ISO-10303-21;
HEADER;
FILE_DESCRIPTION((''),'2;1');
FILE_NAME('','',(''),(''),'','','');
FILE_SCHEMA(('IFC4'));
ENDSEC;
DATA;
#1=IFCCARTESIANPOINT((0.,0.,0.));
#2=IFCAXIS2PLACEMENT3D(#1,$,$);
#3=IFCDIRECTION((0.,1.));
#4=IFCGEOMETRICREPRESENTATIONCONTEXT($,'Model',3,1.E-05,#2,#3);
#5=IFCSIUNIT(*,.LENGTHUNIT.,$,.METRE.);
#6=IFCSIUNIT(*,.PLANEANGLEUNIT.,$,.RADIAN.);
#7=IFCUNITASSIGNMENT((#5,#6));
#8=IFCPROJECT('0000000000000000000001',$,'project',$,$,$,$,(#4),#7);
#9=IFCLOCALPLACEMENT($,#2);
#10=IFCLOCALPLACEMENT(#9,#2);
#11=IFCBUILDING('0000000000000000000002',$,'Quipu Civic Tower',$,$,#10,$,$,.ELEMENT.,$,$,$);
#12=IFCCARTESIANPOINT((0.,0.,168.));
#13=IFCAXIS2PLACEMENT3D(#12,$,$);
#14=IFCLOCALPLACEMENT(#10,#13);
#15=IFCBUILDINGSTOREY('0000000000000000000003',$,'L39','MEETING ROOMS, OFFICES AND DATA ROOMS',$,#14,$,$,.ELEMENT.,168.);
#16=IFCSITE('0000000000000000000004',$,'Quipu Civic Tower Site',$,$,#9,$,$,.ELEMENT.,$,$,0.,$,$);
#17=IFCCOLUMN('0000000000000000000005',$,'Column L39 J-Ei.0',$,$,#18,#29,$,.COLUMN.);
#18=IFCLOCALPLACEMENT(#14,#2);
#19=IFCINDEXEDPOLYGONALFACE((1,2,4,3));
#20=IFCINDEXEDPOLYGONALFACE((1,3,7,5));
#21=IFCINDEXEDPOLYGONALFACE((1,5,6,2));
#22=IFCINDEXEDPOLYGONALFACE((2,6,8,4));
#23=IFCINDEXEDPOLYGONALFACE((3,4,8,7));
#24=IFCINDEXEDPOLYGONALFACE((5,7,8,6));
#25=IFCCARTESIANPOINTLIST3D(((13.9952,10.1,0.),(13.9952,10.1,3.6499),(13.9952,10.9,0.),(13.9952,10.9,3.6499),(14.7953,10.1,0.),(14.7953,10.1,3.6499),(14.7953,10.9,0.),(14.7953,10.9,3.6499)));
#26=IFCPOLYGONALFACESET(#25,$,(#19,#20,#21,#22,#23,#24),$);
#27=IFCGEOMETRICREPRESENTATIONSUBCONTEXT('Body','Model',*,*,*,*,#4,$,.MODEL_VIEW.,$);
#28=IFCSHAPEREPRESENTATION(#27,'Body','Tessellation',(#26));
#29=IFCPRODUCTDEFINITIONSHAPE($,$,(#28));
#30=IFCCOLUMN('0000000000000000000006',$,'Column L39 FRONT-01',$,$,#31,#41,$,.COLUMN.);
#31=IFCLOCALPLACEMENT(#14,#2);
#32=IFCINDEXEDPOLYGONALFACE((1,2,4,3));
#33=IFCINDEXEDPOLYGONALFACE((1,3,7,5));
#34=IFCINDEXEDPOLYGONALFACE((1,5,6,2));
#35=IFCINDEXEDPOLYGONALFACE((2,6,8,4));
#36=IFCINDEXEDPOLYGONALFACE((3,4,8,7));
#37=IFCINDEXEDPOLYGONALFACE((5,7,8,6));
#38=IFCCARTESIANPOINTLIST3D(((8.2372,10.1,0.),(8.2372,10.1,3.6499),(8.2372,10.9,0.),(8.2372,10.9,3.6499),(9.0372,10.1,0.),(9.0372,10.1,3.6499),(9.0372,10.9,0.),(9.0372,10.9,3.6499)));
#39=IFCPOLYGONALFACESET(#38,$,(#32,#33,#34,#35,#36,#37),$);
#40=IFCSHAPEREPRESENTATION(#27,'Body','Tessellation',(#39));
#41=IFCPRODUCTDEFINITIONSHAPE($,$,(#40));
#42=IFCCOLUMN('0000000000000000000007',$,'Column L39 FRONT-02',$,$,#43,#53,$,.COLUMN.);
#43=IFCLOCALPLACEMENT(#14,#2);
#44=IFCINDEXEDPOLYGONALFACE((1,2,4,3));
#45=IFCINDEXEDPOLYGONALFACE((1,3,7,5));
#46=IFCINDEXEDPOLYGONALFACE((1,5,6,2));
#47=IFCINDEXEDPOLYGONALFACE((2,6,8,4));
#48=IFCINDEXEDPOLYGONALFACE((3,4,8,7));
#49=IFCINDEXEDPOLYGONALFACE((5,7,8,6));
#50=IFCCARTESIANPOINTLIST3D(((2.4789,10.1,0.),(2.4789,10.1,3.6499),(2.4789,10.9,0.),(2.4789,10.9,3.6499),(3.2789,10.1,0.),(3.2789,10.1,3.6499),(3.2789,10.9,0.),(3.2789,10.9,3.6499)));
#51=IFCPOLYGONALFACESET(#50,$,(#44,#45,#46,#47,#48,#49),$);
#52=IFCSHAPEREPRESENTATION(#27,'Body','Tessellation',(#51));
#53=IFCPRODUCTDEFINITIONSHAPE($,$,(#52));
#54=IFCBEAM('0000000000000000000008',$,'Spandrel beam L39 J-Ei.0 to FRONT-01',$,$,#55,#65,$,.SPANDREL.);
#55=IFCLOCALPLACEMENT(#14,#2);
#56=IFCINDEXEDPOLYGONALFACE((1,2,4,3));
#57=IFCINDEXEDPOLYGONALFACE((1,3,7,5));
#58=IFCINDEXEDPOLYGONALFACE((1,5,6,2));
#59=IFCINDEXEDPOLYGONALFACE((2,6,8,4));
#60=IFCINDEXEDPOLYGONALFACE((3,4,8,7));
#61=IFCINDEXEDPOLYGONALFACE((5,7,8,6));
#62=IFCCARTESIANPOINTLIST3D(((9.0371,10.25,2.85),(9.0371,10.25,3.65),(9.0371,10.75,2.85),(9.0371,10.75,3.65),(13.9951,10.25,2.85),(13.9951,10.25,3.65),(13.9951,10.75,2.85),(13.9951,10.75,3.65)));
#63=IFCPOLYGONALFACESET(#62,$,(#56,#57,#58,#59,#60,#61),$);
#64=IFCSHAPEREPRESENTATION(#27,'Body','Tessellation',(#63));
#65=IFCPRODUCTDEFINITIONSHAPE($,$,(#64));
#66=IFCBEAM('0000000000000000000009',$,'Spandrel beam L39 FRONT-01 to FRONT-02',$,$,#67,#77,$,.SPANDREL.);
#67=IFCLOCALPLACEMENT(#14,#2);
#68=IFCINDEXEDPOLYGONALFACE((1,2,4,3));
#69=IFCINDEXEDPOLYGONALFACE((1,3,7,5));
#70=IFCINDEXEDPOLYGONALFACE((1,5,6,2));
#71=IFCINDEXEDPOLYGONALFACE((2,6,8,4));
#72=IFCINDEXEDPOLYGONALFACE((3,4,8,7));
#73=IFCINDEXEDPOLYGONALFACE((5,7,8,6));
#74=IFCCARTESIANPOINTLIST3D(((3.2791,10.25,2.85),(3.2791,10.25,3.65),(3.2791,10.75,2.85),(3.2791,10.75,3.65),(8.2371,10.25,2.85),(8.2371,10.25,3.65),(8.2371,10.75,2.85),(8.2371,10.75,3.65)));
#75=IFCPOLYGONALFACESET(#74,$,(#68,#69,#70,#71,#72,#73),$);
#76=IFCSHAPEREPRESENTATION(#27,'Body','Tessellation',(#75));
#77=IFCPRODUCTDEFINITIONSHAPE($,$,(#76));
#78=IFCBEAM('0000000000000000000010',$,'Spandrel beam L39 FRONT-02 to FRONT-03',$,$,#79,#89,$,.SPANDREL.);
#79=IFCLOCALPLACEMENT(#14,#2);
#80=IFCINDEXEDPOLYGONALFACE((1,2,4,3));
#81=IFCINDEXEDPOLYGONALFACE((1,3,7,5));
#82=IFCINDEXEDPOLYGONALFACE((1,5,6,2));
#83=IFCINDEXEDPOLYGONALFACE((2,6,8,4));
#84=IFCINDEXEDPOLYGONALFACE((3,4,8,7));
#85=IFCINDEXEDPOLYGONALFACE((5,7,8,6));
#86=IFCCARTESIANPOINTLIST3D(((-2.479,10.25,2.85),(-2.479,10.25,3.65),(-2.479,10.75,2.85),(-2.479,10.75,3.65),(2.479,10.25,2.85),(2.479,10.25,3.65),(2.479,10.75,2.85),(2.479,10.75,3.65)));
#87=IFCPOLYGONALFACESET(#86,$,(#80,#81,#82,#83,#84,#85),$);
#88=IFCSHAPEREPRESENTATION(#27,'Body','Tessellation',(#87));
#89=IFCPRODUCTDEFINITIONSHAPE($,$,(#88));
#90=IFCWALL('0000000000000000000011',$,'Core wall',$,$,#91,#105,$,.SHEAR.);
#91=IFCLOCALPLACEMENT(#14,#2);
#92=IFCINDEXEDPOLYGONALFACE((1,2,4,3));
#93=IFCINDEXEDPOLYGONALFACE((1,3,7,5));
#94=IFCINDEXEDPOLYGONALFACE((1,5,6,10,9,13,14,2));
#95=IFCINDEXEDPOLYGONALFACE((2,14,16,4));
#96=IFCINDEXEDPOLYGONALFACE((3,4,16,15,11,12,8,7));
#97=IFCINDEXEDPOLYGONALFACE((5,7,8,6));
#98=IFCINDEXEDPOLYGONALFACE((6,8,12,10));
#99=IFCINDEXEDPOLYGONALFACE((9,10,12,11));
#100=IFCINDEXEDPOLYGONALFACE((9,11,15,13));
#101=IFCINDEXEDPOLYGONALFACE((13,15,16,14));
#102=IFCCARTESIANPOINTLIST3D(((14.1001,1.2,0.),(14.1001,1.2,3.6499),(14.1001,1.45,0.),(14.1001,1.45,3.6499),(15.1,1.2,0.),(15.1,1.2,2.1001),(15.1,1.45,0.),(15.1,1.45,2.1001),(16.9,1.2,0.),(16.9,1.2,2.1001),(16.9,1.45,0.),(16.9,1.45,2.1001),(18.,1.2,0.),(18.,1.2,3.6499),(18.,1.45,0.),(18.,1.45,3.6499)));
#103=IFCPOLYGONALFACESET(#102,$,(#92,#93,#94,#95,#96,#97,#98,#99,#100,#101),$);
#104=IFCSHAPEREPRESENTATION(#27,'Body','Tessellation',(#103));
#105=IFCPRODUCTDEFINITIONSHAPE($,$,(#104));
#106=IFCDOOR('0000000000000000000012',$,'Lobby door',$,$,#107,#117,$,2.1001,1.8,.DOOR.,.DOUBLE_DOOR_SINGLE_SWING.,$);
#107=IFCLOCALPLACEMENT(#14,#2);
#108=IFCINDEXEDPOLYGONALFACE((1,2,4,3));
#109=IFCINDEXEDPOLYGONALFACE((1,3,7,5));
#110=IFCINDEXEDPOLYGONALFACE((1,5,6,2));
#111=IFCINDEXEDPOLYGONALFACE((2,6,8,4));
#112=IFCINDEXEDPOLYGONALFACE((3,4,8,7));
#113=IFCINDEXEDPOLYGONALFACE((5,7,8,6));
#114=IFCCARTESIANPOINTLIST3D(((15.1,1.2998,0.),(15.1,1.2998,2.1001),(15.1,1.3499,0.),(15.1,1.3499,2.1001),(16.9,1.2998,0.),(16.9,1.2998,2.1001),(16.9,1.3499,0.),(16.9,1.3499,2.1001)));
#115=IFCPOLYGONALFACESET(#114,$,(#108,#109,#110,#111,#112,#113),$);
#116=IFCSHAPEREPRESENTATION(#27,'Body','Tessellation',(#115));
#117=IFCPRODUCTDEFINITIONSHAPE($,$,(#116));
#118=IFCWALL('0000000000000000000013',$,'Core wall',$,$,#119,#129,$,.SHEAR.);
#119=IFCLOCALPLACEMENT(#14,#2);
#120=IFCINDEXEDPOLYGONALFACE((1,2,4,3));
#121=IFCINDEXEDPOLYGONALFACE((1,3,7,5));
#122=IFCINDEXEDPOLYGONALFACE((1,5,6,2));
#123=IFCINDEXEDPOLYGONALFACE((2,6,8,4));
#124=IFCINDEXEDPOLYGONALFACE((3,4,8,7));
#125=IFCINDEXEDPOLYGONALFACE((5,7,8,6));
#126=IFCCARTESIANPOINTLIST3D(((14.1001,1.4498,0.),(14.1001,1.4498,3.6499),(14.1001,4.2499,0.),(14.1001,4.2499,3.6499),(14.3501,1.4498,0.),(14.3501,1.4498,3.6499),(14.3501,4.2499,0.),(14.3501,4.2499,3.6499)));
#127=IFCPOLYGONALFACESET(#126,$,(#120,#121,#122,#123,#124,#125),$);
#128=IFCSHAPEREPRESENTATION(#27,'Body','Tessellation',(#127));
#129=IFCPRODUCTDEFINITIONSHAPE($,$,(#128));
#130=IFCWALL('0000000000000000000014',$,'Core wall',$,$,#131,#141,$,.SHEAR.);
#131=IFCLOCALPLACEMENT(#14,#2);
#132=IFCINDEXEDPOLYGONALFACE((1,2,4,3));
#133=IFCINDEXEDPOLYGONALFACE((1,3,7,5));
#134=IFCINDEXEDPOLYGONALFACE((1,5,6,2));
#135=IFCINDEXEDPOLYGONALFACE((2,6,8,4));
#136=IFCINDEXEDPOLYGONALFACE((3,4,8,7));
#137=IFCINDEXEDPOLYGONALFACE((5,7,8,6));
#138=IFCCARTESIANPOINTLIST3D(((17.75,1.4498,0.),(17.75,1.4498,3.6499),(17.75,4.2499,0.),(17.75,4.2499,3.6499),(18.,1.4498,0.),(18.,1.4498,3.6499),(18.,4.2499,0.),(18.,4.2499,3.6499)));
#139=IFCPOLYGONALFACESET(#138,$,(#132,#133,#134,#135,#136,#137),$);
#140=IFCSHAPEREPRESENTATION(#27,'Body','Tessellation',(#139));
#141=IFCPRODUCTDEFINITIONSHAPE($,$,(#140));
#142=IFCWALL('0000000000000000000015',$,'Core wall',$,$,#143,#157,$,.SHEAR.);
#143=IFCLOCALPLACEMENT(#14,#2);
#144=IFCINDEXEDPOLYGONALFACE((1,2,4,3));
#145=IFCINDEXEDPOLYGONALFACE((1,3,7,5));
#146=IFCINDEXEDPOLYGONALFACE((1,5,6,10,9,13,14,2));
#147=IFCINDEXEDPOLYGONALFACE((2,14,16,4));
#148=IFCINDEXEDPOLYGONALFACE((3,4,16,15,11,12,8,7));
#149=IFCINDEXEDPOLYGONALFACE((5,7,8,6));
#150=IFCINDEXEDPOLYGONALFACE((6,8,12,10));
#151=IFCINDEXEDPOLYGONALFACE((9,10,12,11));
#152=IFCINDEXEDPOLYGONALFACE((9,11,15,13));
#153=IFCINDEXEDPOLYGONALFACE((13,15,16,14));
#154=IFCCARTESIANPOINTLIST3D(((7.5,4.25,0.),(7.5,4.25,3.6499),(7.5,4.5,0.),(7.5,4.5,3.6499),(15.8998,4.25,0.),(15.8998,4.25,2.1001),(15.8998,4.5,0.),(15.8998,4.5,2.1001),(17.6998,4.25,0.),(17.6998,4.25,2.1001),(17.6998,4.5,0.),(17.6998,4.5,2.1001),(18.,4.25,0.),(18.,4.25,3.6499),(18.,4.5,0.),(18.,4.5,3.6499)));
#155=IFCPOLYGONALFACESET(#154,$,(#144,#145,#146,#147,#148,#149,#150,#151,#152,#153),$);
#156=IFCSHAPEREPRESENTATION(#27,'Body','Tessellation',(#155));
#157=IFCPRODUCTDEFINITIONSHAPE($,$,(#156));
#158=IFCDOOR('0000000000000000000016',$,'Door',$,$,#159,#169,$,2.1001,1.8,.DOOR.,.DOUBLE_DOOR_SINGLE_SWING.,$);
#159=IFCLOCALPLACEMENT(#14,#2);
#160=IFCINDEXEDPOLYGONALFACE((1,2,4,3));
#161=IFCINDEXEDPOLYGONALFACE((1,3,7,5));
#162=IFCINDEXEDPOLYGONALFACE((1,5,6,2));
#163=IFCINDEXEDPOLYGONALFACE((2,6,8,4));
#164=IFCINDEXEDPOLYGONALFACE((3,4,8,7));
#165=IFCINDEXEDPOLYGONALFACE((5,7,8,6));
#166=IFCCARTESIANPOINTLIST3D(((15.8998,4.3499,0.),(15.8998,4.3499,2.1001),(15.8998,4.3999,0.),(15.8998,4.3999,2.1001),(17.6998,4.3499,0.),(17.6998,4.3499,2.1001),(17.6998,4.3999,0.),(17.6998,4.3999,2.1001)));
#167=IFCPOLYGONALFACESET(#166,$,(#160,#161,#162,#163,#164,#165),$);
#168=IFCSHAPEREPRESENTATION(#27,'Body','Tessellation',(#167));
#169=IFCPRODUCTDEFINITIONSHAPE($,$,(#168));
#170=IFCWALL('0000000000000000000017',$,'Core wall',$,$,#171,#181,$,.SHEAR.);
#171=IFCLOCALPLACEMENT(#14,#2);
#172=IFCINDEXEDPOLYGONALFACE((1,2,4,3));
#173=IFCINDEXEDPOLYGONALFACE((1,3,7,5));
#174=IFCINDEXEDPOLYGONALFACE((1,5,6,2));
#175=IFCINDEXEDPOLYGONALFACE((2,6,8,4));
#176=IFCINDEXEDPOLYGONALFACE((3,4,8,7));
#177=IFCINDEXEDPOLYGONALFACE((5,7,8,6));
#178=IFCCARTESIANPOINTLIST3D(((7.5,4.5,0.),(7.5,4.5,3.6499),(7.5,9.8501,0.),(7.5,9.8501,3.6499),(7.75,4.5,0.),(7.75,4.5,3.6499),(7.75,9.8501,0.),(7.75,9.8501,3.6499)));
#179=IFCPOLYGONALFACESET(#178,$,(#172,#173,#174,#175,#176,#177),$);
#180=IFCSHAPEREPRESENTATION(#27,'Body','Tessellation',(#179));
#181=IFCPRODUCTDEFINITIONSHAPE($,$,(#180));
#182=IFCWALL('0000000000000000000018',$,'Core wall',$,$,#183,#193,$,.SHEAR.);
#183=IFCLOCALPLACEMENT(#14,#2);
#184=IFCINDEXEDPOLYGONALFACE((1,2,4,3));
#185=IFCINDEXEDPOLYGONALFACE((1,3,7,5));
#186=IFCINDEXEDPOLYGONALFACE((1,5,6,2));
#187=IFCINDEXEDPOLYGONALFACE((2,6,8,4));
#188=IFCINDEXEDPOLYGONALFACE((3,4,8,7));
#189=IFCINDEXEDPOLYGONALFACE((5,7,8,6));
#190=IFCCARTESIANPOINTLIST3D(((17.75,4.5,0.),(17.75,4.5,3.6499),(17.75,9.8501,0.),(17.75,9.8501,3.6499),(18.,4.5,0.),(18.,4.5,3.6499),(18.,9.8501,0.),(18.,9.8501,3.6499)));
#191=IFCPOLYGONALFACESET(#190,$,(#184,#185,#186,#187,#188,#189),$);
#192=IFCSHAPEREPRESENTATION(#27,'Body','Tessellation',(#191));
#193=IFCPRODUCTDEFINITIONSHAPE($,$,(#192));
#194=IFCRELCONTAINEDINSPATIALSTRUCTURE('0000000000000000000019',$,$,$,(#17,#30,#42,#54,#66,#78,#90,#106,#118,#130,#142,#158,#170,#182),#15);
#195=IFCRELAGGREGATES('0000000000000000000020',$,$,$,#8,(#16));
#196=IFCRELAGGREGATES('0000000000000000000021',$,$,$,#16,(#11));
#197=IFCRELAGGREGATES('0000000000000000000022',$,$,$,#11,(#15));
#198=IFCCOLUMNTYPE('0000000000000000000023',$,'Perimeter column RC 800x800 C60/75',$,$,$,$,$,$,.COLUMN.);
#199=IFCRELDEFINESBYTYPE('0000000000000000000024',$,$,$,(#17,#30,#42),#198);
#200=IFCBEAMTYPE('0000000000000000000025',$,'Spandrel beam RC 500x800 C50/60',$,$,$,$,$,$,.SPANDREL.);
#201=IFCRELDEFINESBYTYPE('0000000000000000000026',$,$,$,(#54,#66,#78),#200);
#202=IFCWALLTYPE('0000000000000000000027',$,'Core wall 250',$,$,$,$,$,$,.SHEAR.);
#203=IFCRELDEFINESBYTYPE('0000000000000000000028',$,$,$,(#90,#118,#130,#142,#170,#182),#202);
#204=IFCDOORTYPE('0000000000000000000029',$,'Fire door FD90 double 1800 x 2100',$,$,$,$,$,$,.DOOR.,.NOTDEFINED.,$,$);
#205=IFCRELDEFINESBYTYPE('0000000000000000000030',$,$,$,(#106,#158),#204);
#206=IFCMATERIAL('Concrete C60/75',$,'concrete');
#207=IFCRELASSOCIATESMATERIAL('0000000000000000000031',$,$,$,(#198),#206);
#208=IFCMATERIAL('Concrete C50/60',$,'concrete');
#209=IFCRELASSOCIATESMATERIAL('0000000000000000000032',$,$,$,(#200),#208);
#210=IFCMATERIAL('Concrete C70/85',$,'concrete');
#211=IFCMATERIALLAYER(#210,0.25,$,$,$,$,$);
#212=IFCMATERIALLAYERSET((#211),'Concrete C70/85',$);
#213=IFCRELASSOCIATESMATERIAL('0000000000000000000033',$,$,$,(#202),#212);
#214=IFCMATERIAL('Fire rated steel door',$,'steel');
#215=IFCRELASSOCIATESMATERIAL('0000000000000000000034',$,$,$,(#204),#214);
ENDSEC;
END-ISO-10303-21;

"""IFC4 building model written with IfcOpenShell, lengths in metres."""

from ifc_helpers import new_model, si_unit, direction, frame, frame_2d, origin, origin_2d, place, context, subcontext, project, spatial, rectangle, extrude, material, layer, layer_set, material_profile, profile_set, type_object, element, fill, save


model = new_model("IFC4")

# Units and contexts
model_context = context("Model", 3, precision=1e-05, world=origin(), true_north=direction((0.0, 1.0)))
body_context = subcontext(model_context, "Body", "Model", "MODEL_VIEW")
ifc_project = project(units=[si_unit("LENGTHUNIT", "METRE"), si_unit("PLANEANGLEUNIT", "RADIAN")], contexts=[model_context])

# Site, building, storey
site_placement = place(None, origin())
site = spatial("IfcSite", under=ifc_project, at=site_placement, Name="Quipu Civic Tower Site", CompositionType="ELEMENT", RefElevation=0.0)
building_placement = place(site_placement, origin())
building = spatial("IfcBuilding", under=site, at=building_placement, Name="Quipu Civic Tower", CompositionType="ELEMENT")
storey_placement = place(building_placement, frame((0.0, 0.0, 168.0)))
storey = spatial("IfcBuildingStorey", under=building, at=storey_placement, Name="L39", Description="MEETING ROOMS, OFFICES AND DATA ROOMS", CompositionType="ELEMENT", Elevation=168.0)

# Columns
ifc_material_1 = material(Name="Concrete C60/75", Category="concrete")
ifc_material_profile_1 = material_profile(ifc_material_1, rectangle(XDim=0.8, YDim=0.8, at=origin_2d()), Name="RC800x800")
ifc_profile_set_1 = profile_set([ifc_material_profile_1], Name="Concrete C60/75")
column_type = type_object("IfcColumnType", Name="Perimeter column RC 800x800 C60/75", PredefinedType="COLUMN", material=ifc_profile_set_1)
for number, where, z_axis, x_axis, name in (
    (1, (14.3953, 10.5, 0.0), (0.0, 0.0, 1.0), (-1.0, 0.0, 0.0), "Column L39 J-Ei.0"),
    (2, (8.6372, 10.5, 0.0), (0.0, 0.0, 1.0), (-1.0, 0.0, 0.0), "Column L39 FRONT-01"),
    (3, (2.8789, 10.5, 0.0), (0.0, 0.0, 1.0), (-1.0, 0.0, 0.0), "Column L39 FRONT-02"),
):
    element("IfcColumn", number, at=place(storey_placement, frame(where, z_axis=z_axis, x_axis=x_axis)), inside=storey, type_object=column_type, Name=name, PredefinedType="COLUMN", context=body_context, shape_type="SweptSolid", body=[
        extrude(rectangle(XDim=0.8, YDim=0.8, at=origin_2d()), origin(), (0.0, 0.0, 1.0), 3.6499),
    ])

# Beams
ifc_material_2 = material(Name="Concrete C50/60", Category="concrete")
ifc_material_profile_2 = material_profile(ifc_material_2, rectangle(XDim=0.5, YDim=0.8, at=origin_2d()), Name="RC500x800")
ifc_profile_set_2 = profile_set([ifc_material_profile_2], Name="Concrete C50/60")
beam_type = type_object("IfcBeamType", Name="Spandrel beam RC 500x800 C50/60", PredefinedType="SPANDREL", material=ifc_profile_set_2)
for number, where, z_axis, x_axis, name in (
    (4, (13.9951, 10.5, 3.25), (-1.0, 0.0, 0.0), (0.0, -1.0, 0.0), "Spandrel beam L39 J-Ei.0 to FRONT-01"),
    (5, (8.2371, 10.5, 3.25), (-1.0, 0.0, 0.0), (0.0, -1.0, 0.0), "Spandrel beam L39 FRONT-01 to FRONT-02"),
    (6, (2.479, 10.5, 3.25), (-1.0, 0.0, 0.0), (0.0, -1.0, 0.0), "Spandrel beam L39 FRONT-02 to FRONT-03"),
):
    element("IfcBeam", number, at=place(storey_placement, frame(where, z_axis=z_axis, x_axis=x_axis)), inside=storey, type_object=beam_type, Name=name, PredefinedType="SPANDREL", context=body_context, shape_type="SweptSolid", body=[
        extrude(rectangle(XDim=0.5, YDim=0.8, at=origin_2d()), origin(), (0.0, 0.0, 1.0), 4.958),
    ])

# Wall, opening, door
ifc_material_3 = material(Name="Concrete C70/85", Category="concrete")
ifc_layer_1 = layer(ifc_material_3, 0.25)
ifc_layer_set_1 = layer_set([ifc_layer_1], Name="Concrete C70/85")
wall_type_1 = type_object("IfcWallType", Name="Core wall 250", PredefinedType="SHEAR", material=ifc_layer_set_1)
wall_1_placement = place(storey_placement, frame((14.1001, 1.325, 0.0), z_axis=(0.0, 0.0, 1.0), x_axis=(1.0, 0.0, 0.0)))
wall_1 = element("IfcWall", 7, at=wall_1_placement, inside=storey, type_object=wall_type_1, Name="Core wall", PredefinedType="SHEAR", context=body_context, shape_type="SweptSolid", body=[
    extrude(rectangle(XDim=3.8999, YDim=0.25, at=frame_2d((1.95, 0.0))), origin(), (0.0, 0.0, 1.0), 3.6499),
])
opening_1_placement = place(wall_1_placement, frame((1.0, 0.0, 0.0)))
opening_1 = element("IfcOpeningElement", 8, at=opening_1_placement, cuts=wall_1, PredefinedType="OPENING", context=body_context, shape_type="SweptSolid", body=[
    extrude(rectangle(XDim=1.8, YDim=2.1001, at=frame_2d((0.8999, 1.05))), frame((0.0, 0.135, 0.0), z_axis=(0.0, -1.0, 0.0), x_axis=(1.0, 0.0, 0.0)), (0.0, 0.0, 1.0), 0.27),
])
ifc_material_4 = material(Name="Fire rated steel door", Category="steel")
door_type_1 = type_object("IfcDoorType", Name="Fire door FD90 double 1800 x 2100", OperationType="NOTDEFINED", PredefinedType="DOOR", material=ifc_material_4)
door_1_placement = place(opening_1_placement, origin())
door_1 = element("IfcDoor", 9, at=door_1_placement, inside=storey, type_object=door_type_1, Name="Lobby door", OperationType="DOUBLE_DOOR_SINGLE_SWING", OverallHeight=2.1001, OverallWidth=1.8, PredefinedType="DOOR", context=body_context, shape_type="SweptSolid", body=[
    extrude(rectangle(XDim=1.8, YDim=2.1001, at=frame_2d((0.8999, 1.05))), frame((0.0, 0.0249, 0.0), z_axis=(0.0, -1.0, 0.0), x_axis=(1.0, 0.0, 0.0)), (0.0, 0.0, 1.0), 0.05),
])
fill(opening_1, door_1)

# Walls
for number, where, z_axis, x_axis, name in (
    (10, (14.2251, 1.45, 0.0), (0.0, 0.0, 1.0), (0.0, 1.0, 0.0), "Core wall"),
    (11, (17.875, 1.45, 0.0), (0.0, 0.0, 1.0), (0.0, 1.0, 0.0), "Core wall"),
):
    element("IfcWall", number, at=place(storey_placement, frame(where, z_axis=z_axis, x_axis=x_axis)), inside=storey, type_object=wall_type_1, Name=name, PredefinedType="SHEAR", context=body_context, shape_type="SweptSolid", body=[
        extrude(rectangle(XDim=2.8, YDim=0.25, at=frame_2d((1.3999, 0.0))), origin(), (0.0, 0.0, 1.0), 3.6499),
    ])

# Wall, opening, door
wall_2_placement = place(storey_placement, frame((7.5, 4.375, 0.0), z_axis=(0.0, 0.0, 1.0), x_axis=(1.0, 0.0, 0.0)))
wall_2 = element("IfcWall", 12, at=wall_2_placement, inside=storey, type_object=wall_type_1, Name="Core wall", PredefinedType="SHEAR", context=body_context, shape_type="SweptSolid", body=[
    extrude(rectangle(XDim=10.5, YDim=0.25, at=frame_2d((5.25, 0.0))), origin(), (0.0, 0.0, 1.0), 3.6499),
])
opening_2_placement = place(wall_2_placement, frame((8.3999, 0.0, 0.0)))
opening_2 = element("IfcOpeningElement", 13, at=opening_2_placement, cuts=wall_2, PredefinedType="OPENING", context=body_context, shape_type="SweptSolid", body=[
    extrude(rectangle(XDim=1.8, YDim=2.1001, at=frame_2d((0.8999, 1.05))), frame((0.0, 0.135, 0.0), z_axis=(0.0, -1.0, 0.0), x_axis=(1.0, 0.0, 0.0)), (0.0, 0.0, 1.0), 0.27),
])
door_2_placement = place(opening_2_placement, origin())
door_2 = element("IfcDoor", 14, at=door_2_placement, inside=storey, type_object=door_type_1, Name="Door", OperationType="DOUBLE_DOOR_SINGLE_SWING", OverallHeight=2.1001, OverallWidth=1.8, PredefinedType="DOOR", context=body_context, shape_type="SweptSolid", body=[
    extrude(rectangle(XDim=1.8, YDim=2.1001, at=frame_2d((0.8999, 1.05))), frame((0.0, 0.0249, 0.0), z_axis=(0.0, -1.0, 0.0), x_axis=(1.0, 0.0, 0.0)), (0.0, 0.0, 1.0), 0.05),
])
fill(opening_2, door_2)

# Walls
for number, where, z_axis, x_axis, name in (
    (15, (7.625, 4.5, 0.0), (0.0, 0.0, 1.0), (0.0, 1.0, 0.0), "Core wall"),
    (16, (17.875, 4.5, 0.0), (0.0, 0.0, 1.0), (0.0, 1.0, 0.0), "Core wall"),
):
    element("IfcWall", number, at=place(storey_placement, frame(where, z_axis=z_axis, x_axis=x_axis)), inside=storey, type_object=wall_type_1, Name=name, PredefinedType="SHEAR", context=body_context, shape_type="SweptSolid", body=[
        extrude(rectangle(XDim=5.3501, YDim=0.25, at=frame_2d((2.675, 0.0))), origin(), (0.0, 0.0, 1.0), 3.6499),
    ])

save(model, "model.ifc")
